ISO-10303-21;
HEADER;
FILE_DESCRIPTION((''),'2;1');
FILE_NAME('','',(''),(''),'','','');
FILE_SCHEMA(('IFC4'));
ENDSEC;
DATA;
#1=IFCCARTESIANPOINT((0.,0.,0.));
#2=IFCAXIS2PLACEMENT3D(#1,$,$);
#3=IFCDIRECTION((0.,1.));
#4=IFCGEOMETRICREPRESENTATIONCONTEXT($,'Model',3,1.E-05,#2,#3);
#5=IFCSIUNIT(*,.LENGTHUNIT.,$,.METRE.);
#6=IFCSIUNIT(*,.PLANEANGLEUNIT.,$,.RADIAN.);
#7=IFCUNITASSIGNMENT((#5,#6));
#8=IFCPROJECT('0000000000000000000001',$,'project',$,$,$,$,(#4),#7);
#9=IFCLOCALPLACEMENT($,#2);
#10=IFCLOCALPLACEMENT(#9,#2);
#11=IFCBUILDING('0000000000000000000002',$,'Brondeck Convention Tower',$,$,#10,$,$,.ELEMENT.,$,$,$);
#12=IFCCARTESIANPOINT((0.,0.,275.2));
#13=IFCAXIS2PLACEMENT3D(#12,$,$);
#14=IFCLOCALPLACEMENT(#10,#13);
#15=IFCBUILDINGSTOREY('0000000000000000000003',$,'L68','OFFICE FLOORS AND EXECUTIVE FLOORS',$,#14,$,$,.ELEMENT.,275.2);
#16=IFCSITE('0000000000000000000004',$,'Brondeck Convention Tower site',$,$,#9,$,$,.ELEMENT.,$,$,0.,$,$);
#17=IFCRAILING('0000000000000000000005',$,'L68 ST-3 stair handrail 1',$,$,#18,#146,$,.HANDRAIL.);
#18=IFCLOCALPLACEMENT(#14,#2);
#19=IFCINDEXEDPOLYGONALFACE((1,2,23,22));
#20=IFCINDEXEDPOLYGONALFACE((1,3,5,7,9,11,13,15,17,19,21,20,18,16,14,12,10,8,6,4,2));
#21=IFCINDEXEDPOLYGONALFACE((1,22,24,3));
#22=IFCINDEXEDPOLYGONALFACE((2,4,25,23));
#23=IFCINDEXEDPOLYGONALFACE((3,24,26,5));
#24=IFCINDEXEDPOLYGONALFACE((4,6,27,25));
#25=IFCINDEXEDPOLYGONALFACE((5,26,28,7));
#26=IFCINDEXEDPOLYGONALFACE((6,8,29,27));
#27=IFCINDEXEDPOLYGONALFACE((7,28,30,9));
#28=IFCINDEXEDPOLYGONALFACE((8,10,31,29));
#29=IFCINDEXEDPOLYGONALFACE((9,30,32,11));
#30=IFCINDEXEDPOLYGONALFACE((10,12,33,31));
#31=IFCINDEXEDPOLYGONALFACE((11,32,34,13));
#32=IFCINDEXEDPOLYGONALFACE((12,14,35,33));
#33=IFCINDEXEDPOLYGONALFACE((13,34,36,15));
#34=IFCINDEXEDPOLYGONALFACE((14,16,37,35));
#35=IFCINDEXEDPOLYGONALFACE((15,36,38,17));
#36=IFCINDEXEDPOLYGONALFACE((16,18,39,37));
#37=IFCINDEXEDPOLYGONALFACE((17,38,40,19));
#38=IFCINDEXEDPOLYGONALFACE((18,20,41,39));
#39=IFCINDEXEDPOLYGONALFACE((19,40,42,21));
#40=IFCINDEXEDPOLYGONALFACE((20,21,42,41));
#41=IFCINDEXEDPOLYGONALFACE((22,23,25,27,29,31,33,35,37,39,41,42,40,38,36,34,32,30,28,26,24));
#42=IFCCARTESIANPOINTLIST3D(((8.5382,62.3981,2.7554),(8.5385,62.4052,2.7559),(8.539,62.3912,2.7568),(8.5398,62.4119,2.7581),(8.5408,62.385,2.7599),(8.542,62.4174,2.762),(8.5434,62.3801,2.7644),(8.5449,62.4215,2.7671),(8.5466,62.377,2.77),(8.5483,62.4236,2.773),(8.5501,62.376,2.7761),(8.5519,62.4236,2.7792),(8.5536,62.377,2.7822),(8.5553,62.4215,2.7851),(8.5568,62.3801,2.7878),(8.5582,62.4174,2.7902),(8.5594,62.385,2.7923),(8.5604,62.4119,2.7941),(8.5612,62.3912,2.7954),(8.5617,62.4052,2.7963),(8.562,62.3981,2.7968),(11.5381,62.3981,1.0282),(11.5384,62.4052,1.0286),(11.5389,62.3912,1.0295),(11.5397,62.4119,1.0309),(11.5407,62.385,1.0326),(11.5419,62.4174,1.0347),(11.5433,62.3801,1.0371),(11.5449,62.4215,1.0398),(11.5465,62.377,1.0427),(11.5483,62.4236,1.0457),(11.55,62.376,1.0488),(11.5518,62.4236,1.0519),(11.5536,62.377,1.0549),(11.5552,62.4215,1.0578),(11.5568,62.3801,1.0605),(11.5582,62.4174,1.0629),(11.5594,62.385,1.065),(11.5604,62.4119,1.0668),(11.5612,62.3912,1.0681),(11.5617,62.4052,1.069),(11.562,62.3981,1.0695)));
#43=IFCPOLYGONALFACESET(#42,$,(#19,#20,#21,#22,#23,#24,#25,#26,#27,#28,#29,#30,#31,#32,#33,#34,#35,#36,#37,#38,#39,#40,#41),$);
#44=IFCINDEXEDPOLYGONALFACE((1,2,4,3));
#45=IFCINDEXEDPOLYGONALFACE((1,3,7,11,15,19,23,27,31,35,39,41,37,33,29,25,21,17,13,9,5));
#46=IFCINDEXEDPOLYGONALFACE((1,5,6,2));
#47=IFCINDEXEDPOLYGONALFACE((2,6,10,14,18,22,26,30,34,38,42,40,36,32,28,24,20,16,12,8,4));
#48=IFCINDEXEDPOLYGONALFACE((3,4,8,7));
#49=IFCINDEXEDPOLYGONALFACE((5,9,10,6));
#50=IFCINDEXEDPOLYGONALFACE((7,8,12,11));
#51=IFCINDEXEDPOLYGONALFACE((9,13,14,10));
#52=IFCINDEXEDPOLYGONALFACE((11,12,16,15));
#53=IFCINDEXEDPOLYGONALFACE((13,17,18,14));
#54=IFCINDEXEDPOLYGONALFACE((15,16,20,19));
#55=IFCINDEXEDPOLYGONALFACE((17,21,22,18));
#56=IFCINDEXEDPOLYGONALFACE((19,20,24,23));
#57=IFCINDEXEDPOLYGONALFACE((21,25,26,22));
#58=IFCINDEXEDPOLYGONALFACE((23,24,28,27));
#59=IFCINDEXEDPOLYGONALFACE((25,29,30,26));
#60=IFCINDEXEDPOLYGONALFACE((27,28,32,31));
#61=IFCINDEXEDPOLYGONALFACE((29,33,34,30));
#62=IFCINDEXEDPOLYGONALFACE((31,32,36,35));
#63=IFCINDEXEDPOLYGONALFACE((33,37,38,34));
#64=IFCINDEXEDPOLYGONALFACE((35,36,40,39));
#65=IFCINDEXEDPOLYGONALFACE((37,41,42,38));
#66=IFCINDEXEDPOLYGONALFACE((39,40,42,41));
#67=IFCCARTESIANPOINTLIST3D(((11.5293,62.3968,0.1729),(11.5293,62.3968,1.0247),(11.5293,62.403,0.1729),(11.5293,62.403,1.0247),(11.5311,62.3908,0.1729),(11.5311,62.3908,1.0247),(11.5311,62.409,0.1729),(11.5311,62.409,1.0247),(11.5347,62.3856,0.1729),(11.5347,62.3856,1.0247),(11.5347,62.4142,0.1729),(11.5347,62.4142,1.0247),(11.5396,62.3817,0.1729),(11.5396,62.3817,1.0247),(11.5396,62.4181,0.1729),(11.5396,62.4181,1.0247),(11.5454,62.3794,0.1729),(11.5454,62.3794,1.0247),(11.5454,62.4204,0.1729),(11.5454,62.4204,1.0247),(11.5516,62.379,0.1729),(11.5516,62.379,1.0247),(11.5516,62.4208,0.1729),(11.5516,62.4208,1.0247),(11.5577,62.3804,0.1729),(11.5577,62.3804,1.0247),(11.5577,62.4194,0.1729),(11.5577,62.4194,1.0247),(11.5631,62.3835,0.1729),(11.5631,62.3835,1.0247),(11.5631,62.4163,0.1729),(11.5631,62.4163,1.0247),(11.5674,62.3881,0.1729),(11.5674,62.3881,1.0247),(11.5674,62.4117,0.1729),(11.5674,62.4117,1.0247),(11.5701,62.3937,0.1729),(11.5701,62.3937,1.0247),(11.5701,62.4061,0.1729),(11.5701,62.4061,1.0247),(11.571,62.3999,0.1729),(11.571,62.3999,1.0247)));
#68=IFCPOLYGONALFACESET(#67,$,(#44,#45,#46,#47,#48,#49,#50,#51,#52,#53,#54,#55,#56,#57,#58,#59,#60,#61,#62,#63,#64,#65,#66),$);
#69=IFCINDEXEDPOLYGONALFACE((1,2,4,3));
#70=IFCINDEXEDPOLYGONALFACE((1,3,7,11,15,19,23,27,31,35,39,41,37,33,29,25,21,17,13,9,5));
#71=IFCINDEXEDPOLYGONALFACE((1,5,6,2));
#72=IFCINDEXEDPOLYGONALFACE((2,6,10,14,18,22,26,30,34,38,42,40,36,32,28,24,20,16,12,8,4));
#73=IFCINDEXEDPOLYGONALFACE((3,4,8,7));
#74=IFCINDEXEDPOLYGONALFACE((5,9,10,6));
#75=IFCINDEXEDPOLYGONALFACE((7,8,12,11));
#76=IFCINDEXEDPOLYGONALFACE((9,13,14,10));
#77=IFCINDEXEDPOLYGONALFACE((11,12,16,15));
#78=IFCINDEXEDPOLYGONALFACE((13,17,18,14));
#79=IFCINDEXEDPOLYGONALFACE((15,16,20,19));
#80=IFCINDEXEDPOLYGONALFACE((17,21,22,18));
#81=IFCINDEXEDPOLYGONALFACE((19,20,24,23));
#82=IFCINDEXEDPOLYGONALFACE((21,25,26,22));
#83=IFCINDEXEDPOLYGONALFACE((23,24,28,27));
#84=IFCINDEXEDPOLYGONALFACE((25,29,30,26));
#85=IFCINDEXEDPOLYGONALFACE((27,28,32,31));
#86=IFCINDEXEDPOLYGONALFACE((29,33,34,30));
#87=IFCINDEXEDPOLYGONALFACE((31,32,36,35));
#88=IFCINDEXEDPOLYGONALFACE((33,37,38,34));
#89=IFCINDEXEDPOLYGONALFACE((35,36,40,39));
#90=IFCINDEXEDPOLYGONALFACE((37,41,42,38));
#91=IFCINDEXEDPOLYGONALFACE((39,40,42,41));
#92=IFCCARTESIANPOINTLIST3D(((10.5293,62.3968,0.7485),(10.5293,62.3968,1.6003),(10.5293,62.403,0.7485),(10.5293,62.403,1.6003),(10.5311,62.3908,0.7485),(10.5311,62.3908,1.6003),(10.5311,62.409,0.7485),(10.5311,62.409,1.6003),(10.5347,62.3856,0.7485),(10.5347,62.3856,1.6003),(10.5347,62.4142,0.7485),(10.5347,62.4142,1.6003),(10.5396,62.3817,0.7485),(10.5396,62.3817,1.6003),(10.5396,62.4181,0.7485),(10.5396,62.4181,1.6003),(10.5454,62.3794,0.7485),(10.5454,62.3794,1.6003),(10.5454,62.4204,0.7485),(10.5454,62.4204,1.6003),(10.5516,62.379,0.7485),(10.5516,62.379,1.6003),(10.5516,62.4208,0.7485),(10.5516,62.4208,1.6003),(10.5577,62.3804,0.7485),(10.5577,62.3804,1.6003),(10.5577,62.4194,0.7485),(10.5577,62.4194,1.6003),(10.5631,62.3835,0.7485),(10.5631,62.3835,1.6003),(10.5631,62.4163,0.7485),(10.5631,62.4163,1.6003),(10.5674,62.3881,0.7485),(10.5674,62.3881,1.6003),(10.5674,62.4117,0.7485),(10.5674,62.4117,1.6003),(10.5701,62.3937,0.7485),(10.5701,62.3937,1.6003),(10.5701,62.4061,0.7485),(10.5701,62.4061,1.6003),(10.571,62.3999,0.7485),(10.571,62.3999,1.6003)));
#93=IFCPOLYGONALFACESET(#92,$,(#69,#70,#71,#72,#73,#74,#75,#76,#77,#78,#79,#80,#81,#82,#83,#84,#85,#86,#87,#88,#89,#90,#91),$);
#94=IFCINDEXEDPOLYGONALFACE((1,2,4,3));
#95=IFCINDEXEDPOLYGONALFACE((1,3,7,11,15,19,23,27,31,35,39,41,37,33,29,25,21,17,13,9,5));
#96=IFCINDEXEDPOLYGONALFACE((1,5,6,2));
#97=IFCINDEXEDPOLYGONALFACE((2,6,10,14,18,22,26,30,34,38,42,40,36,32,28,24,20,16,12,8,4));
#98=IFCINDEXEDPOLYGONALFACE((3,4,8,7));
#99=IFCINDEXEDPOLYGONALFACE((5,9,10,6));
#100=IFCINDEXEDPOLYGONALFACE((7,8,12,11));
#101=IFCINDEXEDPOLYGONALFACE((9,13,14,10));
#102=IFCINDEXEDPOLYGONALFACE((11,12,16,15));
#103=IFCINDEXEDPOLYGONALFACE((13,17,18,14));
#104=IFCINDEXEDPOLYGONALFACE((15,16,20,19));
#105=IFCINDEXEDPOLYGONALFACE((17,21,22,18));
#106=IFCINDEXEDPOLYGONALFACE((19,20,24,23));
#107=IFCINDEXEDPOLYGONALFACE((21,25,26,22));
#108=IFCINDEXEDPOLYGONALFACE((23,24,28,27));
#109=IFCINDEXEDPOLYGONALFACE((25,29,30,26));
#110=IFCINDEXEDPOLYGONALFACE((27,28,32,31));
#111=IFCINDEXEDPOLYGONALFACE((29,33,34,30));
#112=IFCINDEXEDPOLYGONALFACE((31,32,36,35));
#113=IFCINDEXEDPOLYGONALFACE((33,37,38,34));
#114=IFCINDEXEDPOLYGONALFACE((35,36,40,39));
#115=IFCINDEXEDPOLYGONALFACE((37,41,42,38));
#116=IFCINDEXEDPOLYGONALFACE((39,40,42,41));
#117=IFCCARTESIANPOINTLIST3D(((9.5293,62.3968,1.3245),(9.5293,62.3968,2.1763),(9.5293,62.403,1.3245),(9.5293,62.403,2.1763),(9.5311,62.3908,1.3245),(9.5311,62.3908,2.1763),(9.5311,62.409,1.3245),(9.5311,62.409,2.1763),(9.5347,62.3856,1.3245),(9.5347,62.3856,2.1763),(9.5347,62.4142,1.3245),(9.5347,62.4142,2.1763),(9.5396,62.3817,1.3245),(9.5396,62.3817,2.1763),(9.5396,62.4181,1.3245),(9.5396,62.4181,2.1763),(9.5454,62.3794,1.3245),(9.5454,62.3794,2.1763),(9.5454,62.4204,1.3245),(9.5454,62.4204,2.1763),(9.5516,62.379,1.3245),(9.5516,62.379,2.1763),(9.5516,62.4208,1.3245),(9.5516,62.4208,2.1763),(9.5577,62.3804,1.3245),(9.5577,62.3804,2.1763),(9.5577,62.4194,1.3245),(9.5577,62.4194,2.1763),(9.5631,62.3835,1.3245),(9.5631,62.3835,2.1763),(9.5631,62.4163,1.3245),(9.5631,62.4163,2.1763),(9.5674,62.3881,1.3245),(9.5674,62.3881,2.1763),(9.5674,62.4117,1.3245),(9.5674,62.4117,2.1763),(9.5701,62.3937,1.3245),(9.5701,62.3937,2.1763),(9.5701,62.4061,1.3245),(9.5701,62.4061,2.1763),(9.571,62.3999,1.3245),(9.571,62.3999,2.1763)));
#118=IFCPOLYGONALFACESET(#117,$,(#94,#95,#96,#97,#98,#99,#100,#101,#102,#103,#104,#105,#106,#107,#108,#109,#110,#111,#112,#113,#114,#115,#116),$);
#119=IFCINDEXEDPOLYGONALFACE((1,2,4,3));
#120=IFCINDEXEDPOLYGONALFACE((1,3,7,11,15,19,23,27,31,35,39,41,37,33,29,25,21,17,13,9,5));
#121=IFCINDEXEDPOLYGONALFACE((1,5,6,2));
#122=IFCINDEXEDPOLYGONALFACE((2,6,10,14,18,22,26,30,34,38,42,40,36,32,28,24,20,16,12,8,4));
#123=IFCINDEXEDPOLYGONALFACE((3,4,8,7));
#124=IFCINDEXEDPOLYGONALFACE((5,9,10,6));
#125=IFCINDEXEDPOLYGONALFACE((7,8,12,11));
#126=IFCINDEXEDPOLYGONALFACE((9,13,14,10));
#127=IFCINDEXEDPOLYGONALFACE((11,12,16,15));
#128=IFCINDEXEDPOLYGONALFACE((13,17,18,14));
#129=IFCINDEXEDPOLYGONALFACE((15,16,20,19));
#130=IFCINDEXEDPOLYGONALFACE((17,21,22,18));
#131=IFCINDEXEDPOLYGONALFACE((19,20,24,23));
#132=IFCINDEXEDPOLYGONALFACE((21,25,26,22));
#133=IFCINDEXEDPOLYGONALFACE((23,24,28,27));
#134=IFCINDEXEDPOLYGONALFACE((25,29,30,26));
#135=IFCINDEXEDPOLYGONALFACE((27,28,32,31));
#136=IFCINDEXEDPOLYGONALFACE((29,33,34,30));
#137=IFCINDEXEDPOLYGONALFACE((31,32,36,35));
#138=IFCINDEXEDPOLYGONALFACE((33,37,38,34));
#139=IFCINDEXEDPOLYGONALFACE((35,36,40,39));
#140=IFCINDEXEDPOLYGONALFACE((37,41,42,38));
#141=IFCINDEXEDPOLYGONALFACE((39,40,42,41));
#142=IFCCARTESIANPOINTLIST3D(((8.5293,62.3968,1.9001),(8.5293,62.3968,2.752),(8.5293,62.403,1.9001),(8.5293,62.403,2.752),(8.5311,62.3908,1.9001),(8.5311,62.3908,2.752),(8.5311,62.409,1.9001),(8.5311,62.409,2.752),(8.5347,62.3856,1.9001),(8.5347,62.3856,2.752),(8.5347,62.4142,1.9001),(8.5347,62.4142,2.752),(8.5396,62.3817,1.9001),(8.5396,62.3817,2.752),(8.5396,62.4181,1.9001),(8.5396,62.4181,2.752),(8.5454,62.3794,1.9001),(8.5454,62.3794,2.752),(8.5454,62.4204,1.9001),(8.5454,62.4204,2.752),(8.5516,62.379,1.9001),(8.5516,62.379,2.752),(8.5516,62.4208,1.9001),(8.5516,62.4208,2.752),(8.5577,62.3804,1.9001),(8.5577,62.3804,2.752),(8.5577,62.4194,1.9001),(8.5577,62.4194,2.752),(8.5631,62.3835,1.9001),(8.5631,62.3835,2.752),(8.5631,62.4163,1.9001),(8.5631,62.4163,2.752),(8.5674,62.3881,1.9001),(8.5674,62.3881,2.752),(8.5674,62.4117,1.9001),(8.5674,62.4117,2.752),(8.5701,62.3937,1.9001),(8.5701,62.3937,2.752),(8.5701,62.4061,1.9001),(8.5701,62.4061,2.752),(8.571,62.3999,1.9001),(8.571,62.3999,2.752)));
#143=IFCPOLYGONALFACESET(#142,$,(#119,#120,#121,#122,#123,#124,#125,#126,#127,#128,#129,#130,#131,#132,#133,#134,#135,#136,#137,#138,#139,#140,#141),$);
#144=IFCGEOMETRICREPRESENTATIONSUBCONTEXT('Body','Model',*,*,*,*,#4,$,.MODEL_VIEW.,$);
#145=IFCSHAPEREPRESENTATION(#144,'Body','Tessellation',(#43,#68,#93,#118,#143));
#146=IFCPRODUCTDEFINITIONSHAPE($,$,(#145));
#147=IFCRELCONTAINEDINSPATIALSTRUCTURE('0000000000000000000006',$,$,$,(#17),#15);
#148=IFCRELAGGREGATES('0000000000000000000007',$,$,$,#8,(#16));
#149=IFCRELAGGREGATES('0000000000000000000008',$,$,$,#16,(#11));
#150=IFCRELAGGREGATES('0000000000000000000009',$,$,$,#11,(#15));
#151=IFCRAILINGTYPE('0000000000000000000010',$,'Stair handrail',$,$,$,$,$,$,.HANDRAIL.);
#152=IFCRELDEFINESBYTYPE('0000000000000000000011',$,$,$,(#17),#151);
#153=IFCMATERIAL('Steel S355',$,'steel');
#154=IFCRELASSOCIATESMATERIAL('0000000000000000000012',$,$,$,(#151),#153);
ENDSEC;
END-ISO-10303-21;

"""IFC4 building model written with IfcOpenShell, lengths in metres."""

from ifc_helpers import new_model, si_unit, direction, frame, origin, origin_2d, place, context, subcontext, project, spatial, circle, extrude, material, type_object, element, save


model = new_model("IFC4")

# Units and contexts
model_context = context("Model", 3, precision=1e-05, world=origin(), true_north=direction((0.0, 1.0)))
body_context = subcontext(model_context, "Body", "Model", "MODEL_VIEW")
ifc_project = project(units=[si_unit("LENGTHUNIT", "METRE"), si_unit("PLANEANGLEUNIT", "RADIAN")], contexts=[model_context])

# Site, building, storey
site_placement = place(None, origin())
site = spatial("IfcSite", under=ifc_project, at=site_placement, Name="Brondeck Convention Tower site", CompositionType="ELEMENT", RefElevation=0.0)
building_placement = place(site_placement, origin())
building = spatial("IfcBuilding", under=site, at=building_placement, Name="Brondeck Convention Tower", CompositionType="ELEMENT")
storey_placement = place(building_placement, frame((0.0, 0.0, 275.2)))
storey = spatial("IfcBuildingStorey", under=building, at=storey_placement, Name="L68", Description="OFFICE FLOORS AND EXECUTIVE FLOORS", CompositionType="ELEMENT", Elevation=275.2)

# Railing
ifc_material_1 = material(Name="Steel S355", Category="steel")
railing_type_1 = type_object("IfcRailingType", Name="Stair handrail", PredefinedType="HANDRAIL", material=ifc_material_1)
railing_1_placement = place(storey_placement, frame((11.55, 62.3999, 0.1729)))
element("IfcRailing", 1, at=railing_1_placement, inside=storey, type_object=railing_type_1, Name="L68 ST-3 stair handrail 1", PredefinedType="HANDRAIL", context=body_context, shape_type="SweptSolid", body=[
    extrude(circle(Radius=0.0239, at=origin_2d()), frame((0.0, 0.0, 0.876), z_axis=(-0.86662, 0.0, 0.498969), x_axis=(0.0, -1.0, 0.0)), (0.0, 0.0, 1.0), 3.4617),
    extrude(circle(Radius=0.021, at=origin_2d()), origin(), (0.0, 0.0, 1.0), 0.8518),
    extrude(circle(Radius=0.021, at=origin_2d()), frame((-1.0, 0.0, 0.5757)), (0.0, 0.0, 1.0), 0.8518),
    extrude(circle(Radius=0.021, at=origin_2d()), frame((-2.0, 0.0, 1.1516)), (0.0, 0.0, 1.0), 0.8518),
    extrude(circle(Radius=0.021, at=origin_2d()), frame((-3.0, 0.0, 1.7273)), (0.0, 0.0, 1.0), 0.8518),
])

save(model, "model.ifc")
